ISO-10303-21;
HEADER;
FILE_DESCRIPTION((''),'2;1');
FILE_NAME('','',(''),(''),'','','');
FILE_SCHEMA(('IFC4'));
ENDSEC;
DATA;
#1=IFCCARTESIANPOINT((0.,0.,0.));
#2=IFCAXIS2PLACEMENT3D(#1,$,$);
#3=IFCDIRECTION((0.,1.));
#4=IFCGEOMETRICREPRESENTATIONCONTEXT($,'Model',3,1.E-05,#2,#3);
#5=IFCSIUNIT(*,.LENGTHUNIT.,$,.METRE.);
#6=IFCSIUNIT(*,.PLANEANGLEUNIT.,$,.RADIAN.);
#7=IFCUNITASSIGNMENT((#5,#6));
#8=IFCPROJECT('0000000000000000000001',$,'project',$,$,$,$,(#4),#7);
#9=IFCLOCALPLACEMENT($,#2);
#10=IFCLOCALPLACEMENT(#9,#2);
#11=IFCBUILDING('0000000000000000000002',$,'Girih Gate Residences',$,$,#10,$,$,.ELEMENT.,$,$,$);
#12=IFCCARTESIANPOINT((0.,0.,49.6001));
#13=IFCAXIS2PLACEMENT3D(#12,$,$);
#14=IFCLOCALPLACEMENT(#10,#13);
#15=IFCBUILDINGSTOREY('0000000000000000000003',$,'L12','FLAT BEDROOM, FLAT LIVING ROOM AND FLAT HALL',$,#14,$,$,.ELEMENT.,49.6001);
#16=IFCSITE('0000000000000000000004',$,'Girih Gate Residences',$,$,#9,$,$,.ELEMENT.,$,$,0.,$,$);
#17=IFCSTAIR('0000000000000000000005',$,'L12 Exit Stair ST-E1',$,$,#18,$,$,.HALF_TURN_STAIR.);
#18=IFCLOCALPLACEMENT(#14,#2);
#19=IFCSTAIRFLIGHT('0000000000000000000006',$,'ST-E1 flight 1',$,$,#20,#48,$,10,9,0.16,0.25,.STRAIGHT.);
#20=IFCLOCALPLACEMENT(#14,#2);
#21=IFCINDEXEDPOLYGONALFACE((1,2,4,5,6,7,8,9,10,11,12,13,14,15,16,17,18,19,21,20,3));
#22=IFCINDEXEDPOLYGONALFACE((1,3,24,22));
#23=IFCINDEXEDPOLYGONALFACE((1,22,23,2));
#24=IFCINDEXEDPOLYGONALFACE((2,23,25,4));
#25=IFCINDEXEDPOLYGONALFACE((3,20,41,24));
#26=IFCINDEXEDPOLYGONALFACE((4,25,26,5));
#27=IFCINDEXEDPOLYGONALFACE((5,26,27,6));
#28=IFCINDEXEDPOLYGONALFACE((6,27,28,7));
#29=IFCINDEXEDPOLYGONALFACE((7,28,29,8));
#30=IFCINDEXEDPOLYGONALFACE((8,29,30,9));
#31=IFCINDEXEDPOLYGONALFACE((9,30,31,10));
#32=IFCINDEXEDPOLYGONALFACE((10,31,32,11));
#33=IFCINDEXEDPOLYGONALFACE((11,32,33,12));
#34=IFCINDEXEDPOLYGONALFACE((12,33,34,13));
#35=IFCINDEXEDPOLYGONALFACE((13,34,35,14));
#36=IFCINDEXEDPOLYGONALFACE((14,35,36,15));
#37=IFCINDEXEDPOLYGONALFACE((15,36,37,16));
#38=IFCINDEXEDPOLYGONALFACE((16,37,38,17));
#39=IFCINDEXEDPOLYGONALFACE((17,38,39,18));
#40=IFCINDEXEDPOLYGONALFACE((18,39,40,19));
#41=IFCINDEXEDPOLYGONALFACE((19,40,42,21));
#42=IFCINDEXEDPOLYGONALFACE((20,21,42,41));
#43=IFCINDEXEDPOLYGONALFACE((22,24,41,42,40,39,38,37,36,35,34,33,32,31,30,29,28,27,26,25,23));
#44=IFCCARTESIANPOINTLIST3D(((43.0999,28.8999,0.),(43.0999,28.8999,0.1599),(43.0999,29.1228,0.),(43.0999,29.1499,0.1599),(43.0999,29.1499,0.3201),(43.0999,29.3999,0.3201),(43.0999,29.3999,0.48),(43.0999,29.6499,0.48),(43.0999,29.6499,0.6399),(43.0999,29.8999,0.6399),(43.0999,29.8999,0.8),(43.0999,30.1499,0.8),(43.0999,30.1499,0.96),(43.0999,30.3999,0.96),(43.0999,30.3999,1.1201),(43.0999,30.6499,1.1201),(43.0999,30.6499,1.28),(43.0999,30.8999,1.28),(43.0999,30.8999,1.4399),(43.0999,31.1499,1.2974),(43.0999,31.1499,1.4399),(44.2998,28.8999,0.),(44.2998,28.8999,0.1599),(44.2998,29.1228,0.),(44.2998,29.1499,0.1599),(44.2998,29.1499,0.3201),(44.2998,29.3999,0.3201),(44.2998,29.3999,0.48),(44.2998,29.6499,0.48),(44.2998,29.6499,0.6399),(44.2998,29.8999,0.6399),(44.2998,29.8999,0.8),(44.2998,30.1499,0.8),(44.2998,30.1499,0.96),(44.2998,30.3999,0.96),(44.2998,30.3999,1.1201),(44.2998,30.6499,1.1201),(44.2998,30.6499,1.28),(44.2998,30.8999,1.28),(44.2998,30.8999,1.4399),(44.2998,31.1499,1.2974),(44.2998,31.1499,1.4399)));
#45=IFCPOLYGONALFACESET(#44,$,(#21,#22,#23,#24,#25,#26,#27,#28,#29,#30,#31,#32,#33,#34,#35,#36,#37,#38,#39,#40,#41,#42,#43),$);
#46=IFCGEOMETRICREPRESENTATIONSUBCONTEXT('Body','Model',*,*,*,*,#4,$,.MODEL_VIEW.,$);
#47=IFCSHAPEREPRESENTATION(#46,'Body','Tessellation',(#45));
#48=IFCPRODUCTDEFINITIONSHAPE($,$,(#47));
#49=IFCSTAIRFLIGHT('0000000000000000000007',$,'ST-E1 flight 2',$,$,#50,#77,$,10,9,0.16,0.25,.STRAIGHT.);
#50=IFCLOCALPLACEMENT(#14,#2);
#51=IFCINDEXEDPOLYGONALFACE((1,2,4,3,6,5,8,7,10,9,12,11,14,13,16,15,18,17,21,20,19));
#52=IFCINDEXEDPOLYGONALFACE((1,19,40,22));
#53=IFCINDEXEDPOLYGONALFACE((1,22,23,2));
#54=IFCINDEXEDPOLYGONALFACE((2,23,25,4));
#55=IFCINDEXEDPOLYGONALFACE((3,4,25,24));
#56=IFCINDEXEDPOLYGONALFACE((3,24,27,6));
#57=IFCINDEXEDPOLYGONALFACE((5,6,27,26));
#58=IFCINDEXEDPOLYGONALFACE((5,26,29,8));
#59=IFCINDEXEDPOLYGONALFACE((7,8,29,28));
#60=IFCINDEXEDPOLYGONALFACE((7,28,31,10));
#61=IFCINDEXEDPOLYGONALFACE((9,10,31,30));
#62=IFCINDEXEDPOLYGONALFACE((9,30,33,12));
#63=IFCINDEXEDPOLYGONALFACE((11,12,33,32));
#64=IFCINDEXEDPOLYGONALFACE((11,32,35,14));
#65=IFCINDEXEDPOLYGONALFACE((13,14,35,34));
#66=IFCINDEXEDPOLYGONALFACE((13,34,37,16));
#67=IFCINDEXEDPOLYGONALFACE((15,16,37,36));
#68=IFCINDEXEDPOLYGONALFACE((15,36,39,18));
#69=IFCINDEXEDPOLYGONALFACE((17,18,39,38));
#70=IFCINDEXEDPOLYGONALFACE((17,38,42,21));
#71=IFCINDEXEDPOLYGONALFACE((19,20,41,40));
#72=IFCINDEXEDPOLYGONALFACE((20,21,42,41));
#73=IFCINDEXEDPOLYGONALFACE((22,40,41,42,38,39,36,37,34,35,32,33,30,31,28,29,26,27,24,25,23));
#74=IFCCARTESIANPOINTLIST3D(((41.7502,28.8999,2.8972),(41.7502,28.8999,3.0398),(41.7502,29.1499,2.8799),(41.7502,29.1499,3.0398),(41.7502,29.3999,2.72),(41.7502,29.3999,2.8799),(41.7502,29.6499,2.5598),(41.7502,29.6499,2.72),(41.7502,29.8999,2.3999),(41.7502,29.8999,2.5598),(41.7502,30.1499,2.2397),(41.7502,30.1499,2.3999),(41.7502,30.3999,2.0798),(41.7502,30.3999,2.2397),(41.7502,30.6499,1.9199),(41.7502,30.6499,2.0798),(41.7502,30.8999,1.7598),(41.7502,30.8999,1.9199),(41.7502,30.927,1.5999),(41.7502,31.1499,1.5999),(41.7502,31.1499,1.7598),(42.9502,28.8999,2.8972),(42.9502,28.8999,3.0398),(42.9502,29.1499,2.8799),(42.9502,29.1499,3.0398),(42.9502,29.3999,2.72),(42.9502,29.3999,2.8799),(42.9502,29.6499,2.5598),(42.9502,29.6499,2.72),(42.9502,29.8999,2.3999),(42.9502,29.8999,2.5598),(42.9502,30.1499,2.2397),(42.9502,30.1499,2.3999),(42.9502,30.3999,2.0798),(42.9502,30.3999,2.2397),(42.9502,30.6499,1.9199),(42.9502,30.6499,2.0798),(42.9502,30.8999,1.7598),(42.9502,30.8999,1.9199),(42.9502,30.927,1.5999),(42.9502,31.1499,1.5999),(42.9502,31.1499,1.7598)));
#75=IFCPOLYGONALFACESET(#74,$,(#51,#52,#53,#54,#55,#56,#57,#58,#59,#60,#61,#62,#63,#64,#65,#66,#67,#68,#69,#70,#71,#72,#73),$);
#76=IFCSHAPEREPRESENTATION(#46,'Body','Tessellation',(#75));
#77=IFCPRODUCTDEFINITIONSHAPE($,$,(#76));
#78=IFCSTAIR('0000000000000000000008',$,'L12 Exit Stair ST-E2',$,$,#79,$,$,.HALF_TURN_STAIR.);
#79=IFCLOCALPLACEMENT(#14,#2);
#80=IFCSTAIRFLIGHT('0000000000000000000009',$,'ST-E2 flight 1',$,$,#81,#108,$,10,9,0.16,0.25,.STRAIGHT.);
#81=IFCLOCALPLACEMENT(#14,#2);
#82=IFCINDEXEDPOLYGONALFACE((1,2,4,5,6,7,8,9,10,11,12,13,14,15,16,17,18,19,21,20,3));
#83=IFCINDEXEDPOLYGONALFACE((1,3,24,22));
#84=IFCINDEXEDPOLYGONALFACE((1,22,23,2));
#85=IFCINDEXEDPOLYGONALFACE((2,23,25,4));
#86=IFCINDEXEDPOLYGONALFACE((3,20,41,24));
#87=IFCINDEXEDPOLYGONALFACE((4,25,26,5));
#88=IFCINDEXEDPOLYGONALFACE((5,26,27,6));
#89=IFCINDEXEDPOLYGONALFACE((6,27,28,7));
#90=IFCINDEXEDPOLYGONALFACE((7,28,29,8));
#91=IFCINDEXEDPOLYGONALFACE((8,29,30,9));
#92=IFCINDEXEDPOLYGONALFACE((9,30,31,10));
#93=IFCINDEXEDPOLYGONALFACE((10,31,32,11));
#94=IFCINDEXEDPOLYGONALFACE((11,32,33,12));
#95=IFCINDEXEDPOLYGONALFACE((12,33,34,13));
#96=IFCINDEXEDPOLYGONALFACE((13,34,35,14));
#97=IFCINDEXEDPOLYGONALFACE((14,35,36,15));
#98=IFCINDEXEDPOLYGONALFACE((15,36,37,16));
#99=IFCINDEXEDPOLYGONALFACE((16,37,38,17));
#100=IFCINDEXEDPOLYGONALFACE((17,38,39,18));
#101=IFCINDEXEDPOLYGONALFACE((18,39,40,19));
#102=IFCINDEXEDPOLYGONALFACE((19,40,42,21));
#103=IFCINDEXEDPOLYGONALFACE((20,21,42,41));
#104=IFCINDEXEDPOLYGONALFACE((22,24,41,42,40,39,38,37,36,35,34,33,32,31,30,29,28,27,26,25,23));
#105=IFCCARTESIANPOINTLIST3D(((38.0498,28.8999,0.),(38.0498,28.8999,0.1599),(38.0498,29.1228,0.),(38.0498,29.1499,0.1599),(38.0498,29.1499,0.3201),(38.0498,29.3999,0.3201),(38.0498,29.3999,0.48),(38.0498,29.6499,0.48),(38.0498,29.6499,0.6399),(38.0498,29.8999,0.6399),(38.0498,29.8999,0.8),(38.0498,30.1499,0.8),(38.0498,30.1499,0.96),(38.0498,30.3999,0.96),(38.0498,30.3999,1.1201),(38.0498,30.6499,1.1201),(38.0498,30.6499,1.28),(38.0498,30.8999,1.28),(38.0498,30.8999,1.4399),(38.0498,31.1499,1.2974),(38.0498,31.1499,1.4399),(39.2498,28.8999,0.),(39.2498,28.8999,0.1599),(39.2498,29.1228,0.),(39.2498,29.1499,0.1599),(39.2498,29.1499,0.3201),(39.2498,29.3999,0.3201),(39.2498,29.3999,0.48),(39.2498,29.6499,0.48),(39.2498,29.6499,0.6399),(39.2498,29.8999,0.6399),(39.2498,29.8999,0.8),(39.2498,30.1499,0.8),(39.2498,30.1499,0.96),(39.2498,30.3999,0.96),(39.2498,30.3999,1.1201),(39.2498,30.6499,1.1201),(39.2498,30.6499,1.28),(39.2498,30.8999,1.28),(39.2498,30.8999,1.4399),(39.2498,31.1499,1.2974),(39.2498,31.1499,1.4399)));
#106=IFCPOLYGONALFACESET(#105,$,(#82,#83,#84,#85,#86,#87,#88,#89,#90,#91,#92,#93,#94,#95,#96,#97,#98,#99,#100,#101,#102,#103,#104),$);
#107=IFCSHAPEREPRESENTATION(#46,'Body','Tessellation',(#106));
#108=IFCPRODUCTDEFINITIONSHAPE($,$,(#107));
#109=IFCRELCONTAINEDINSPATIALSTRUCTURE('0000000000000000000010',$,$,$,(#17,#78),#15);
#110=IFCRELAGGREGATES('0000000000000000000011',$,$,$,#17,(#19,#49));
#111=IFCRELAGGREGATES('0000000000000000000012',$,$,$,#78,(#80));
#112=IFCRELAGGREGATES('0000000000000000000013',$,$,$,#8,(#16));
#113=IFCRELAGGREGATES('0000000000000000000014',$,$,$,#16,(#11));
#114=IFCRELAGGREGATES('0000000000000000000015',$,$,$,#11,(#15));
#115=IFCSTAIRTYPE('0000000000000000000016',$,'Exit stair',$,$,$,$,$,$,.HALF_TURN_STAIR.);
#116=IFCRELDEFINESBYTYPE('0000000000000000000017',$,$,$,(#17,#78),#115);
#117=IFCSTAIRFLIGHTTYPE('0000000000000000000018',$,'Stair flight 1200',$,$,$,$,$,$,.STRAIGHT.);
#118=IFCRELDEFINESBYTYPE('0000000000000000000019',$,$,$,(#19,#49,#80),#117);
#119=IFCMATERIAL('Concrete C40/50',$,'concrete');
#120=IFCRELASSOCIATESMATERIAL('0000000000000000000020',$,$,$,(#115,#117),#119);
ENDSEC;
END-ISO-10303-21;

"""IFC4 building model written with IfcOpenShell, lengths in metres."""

from ifc_helpers import new_model, si_unit, direction, frame, origin, place, context, subcontext, project, spatial, polyline, outline, extrude, material, type_object, element, aggregate, save


model = new_model("IFC4")

# Units and contexts
model_context = context("Model", 3, precision=1e-05, world=origin(), true_north=direction((0.0, 1.0)))
body_context = subcontext(model_context, "Body", "Model", "MODEL_VIEW")
ifc_project = project(units=[si_unit("LENGTHUNIT", "METRE"), si_unit("PLANEANGLEUNIT", "RADIAN")], contexts=[model_context])

# Site, building, storey
site_placement = place(None, origin())
site = spatial("IfcSite", under=ifc_project, at=site_placement, Name="Girih Gate Residences", CompositionType="ELEMENT", RefElevation=0.0)
building_placement = place(site_placement, origin())
building = spatial("IfcBuilding", under=site, at=building_placement, Name="Girih Gate Residences", CompositionType="ELEMENT")
storey_placement = place(building_placement, frame((0.0, 0.0, 49.6001)))
storey = spatial("IfcBuildingStorey", under=building, at=storey_placement, Name="L12", Description="FLAT BEDROOM, FLAT LIVING ROOM AND FLAT HALL", CompositionType="ELEMENT", Elevation=49.6001)

# Shared definitions
ifc_material_1 = material(Name="Concrete C40/50", Category="concrete")

# Stair, stair flights
stair_type = type_object("IfcStairType", Name="Exit stair", PredefinedType="HALF_TURN_STAIR", material=ifc_material_1)
stair_1_placement = place(storey_placement, origin())
stair_1 = element("IfcStair", 1, at=stair_1_placement, inside=storey, type_object=stair_type, Name="L12 Exit Stair ST-E1", PredefinedType="HALF_TURN_STAIR")
stair_flight_type = type_object("IfcStairFlightType", Name="Stair flight 1200", PredefinedType="STRAIGHT", material=ifc_material_1)
stair_flight_1_placement = place(storey_placement, frame((43.7, 28.8999, 0.0), z_axis=(0.0, 0.0, 1.0), x_axis=(0.0, 1.0, 0.0)))
stair_flight_1 = element("IfcStairFlight", 2, at=stair_flight_1_placement, type_object=stair_flight_type, Name="ST-E1 flight 1", NumberOfRisers=10, NumberOfTreads=9, PredefinedType="STRAIGHT", RiserHeight=0.16, TreadLength=0.25, context=body_context, shape_type="SweptSolid", body=[
    extrude(outline(polyline([(0.0, 0.0), (0.0, 0.1599), (0.25, 0.1599), (0.25, 0.3201), (0.5, 0.3201), (0.5, 0.48), (0.75, 0.48), (0.75, 0.6399), (1.0, 0.6399), (1.0, 0.8), (1.25, 0.8), (1.25, 0.96), (1.5, 0.96), (1.5, 1.1201), (1.75, 1.1201), (1.75, 1.28), (2.0, 1.28), (2.0, 1.4399), (2.25, 1.4399), (2.25, 1.6001), (2.25, 1.2974), (0.2229, 0.0), (0.0, 0.0)])), frame((0.0, 0.6001, 0.0), z_axis=(0.0, -1.0, 0.0), x_axis=(1.0, 0.0, 0.0)), (0.0, 0.0, 1.0), 1.2),
])
stair_flight_2_placement = place(storey_placement, frame((42.3501, 31.1499, 1.5999), z_axis=(0.0, 0.0, 1.0), x_axis=(0.0, -1.0, 0.0)))
stair_flight_2 = element("IfcStairFlight", 3, at=stair_flight_2_placement, type_object=stair_flight_type, Name="ST-E1 flight 2", NumberOfRisers=10, NumberOfTreads=9, PredefinedType="STRAIGHT", RiserHeight=0.16, TreadLength=0.25, context=body_context, shape_type="SweptSolid", body=[
    extrude(outline(polyline([(0.0, 0.0), (0.0, 0.1599), (0.25, 0.1599), (0.25, 0.3201), (0.5, 0.3201), (0.5, 0.48), (0.75, 0.48), (0.75, 0.6399), (1.0, 0.6399), (1.0, 0.8), (1.25, 0.8), (1.25, 0.96), (1.5, 0.96), (1.5, 1.1201), (1.75, 1.1201), (1.75, 1.28), (2.0, 1.28), (2.0, 1.4399), (2.25, 1.4399), (2.25, 1.6001), (2.25, 1.2974), (0.2229, 0.0), (0.0, 0.0)])), frame((0.0, 0.6001, 0.0), z_axis=(0.0, -1.0, 0.0), x_axis=(1.0, 0.0, 0.0)), (0.0, 0.0, 1.0), 1.2),
])
aggregate(stair_1, [stair_flight_1, stair_flight_2])

# Stair, stair flight
stair_2_placement = place(storey_placement, origin())
stair_2 = element("IfcStair", 4, at=stair_2_placement, inside=storey, type_object=stair_type, Name="L12 Exit Stair ST-E2", PredefinedType="HALF_TURN_STAIR")
stair_flight_3_placement = place(storey_placement, frame((38.6499, 28.8999, 0.0), z_axis=(0.0, 0.0, 1.0), x_axis=(0.0, 1.0, 0.0)))
stair_flight_3 = element("IfcStairFlight", 5, at=stair_flight_3_placement, type_object=stair_flight_type, Name="ST-E2 flight 1", NumberOfRisers=10, NumberOfTreads=9, PredefinedType="STRAIGHT", RiserHeight=0.16, TreadLength=0.25, context=body_context, shape_type="SweptSolid", body=[
    extrude(outline(polyline([(0.0, 0.0), (0.0, 0.1599), (0.25, 0.1599), (0.25, 0.3201), (0.5, 0.3201), (0.5, 0.48), (0.75, 0.48), (0.75, 0.6399), (1.0, 0.6399), (1.0, 0.8), (1.25, 0.8), (1.25, 0.96), (1.5, 0.96), (1.5, 1.1201), (1.75, 1.1201), (1.75, 1.28), (2.0, 1.28), (2.0, 1.4399), (2.25, 1.4399), (2.25, 1.6001), (2.25, 1.2974), (0.2229, 0.0), (0.0, 0.0)])), frame((0.0, 0.6001, 0.0), z_axis=(0.0, -1.0, 0.0), x_axis=(1.0, 0.0, 0.0)), (0.0, 0.0, 1.0), 1.2),
])
aggregate(stair_2, [stair_flight_3])

save(model, "model.ifc")
